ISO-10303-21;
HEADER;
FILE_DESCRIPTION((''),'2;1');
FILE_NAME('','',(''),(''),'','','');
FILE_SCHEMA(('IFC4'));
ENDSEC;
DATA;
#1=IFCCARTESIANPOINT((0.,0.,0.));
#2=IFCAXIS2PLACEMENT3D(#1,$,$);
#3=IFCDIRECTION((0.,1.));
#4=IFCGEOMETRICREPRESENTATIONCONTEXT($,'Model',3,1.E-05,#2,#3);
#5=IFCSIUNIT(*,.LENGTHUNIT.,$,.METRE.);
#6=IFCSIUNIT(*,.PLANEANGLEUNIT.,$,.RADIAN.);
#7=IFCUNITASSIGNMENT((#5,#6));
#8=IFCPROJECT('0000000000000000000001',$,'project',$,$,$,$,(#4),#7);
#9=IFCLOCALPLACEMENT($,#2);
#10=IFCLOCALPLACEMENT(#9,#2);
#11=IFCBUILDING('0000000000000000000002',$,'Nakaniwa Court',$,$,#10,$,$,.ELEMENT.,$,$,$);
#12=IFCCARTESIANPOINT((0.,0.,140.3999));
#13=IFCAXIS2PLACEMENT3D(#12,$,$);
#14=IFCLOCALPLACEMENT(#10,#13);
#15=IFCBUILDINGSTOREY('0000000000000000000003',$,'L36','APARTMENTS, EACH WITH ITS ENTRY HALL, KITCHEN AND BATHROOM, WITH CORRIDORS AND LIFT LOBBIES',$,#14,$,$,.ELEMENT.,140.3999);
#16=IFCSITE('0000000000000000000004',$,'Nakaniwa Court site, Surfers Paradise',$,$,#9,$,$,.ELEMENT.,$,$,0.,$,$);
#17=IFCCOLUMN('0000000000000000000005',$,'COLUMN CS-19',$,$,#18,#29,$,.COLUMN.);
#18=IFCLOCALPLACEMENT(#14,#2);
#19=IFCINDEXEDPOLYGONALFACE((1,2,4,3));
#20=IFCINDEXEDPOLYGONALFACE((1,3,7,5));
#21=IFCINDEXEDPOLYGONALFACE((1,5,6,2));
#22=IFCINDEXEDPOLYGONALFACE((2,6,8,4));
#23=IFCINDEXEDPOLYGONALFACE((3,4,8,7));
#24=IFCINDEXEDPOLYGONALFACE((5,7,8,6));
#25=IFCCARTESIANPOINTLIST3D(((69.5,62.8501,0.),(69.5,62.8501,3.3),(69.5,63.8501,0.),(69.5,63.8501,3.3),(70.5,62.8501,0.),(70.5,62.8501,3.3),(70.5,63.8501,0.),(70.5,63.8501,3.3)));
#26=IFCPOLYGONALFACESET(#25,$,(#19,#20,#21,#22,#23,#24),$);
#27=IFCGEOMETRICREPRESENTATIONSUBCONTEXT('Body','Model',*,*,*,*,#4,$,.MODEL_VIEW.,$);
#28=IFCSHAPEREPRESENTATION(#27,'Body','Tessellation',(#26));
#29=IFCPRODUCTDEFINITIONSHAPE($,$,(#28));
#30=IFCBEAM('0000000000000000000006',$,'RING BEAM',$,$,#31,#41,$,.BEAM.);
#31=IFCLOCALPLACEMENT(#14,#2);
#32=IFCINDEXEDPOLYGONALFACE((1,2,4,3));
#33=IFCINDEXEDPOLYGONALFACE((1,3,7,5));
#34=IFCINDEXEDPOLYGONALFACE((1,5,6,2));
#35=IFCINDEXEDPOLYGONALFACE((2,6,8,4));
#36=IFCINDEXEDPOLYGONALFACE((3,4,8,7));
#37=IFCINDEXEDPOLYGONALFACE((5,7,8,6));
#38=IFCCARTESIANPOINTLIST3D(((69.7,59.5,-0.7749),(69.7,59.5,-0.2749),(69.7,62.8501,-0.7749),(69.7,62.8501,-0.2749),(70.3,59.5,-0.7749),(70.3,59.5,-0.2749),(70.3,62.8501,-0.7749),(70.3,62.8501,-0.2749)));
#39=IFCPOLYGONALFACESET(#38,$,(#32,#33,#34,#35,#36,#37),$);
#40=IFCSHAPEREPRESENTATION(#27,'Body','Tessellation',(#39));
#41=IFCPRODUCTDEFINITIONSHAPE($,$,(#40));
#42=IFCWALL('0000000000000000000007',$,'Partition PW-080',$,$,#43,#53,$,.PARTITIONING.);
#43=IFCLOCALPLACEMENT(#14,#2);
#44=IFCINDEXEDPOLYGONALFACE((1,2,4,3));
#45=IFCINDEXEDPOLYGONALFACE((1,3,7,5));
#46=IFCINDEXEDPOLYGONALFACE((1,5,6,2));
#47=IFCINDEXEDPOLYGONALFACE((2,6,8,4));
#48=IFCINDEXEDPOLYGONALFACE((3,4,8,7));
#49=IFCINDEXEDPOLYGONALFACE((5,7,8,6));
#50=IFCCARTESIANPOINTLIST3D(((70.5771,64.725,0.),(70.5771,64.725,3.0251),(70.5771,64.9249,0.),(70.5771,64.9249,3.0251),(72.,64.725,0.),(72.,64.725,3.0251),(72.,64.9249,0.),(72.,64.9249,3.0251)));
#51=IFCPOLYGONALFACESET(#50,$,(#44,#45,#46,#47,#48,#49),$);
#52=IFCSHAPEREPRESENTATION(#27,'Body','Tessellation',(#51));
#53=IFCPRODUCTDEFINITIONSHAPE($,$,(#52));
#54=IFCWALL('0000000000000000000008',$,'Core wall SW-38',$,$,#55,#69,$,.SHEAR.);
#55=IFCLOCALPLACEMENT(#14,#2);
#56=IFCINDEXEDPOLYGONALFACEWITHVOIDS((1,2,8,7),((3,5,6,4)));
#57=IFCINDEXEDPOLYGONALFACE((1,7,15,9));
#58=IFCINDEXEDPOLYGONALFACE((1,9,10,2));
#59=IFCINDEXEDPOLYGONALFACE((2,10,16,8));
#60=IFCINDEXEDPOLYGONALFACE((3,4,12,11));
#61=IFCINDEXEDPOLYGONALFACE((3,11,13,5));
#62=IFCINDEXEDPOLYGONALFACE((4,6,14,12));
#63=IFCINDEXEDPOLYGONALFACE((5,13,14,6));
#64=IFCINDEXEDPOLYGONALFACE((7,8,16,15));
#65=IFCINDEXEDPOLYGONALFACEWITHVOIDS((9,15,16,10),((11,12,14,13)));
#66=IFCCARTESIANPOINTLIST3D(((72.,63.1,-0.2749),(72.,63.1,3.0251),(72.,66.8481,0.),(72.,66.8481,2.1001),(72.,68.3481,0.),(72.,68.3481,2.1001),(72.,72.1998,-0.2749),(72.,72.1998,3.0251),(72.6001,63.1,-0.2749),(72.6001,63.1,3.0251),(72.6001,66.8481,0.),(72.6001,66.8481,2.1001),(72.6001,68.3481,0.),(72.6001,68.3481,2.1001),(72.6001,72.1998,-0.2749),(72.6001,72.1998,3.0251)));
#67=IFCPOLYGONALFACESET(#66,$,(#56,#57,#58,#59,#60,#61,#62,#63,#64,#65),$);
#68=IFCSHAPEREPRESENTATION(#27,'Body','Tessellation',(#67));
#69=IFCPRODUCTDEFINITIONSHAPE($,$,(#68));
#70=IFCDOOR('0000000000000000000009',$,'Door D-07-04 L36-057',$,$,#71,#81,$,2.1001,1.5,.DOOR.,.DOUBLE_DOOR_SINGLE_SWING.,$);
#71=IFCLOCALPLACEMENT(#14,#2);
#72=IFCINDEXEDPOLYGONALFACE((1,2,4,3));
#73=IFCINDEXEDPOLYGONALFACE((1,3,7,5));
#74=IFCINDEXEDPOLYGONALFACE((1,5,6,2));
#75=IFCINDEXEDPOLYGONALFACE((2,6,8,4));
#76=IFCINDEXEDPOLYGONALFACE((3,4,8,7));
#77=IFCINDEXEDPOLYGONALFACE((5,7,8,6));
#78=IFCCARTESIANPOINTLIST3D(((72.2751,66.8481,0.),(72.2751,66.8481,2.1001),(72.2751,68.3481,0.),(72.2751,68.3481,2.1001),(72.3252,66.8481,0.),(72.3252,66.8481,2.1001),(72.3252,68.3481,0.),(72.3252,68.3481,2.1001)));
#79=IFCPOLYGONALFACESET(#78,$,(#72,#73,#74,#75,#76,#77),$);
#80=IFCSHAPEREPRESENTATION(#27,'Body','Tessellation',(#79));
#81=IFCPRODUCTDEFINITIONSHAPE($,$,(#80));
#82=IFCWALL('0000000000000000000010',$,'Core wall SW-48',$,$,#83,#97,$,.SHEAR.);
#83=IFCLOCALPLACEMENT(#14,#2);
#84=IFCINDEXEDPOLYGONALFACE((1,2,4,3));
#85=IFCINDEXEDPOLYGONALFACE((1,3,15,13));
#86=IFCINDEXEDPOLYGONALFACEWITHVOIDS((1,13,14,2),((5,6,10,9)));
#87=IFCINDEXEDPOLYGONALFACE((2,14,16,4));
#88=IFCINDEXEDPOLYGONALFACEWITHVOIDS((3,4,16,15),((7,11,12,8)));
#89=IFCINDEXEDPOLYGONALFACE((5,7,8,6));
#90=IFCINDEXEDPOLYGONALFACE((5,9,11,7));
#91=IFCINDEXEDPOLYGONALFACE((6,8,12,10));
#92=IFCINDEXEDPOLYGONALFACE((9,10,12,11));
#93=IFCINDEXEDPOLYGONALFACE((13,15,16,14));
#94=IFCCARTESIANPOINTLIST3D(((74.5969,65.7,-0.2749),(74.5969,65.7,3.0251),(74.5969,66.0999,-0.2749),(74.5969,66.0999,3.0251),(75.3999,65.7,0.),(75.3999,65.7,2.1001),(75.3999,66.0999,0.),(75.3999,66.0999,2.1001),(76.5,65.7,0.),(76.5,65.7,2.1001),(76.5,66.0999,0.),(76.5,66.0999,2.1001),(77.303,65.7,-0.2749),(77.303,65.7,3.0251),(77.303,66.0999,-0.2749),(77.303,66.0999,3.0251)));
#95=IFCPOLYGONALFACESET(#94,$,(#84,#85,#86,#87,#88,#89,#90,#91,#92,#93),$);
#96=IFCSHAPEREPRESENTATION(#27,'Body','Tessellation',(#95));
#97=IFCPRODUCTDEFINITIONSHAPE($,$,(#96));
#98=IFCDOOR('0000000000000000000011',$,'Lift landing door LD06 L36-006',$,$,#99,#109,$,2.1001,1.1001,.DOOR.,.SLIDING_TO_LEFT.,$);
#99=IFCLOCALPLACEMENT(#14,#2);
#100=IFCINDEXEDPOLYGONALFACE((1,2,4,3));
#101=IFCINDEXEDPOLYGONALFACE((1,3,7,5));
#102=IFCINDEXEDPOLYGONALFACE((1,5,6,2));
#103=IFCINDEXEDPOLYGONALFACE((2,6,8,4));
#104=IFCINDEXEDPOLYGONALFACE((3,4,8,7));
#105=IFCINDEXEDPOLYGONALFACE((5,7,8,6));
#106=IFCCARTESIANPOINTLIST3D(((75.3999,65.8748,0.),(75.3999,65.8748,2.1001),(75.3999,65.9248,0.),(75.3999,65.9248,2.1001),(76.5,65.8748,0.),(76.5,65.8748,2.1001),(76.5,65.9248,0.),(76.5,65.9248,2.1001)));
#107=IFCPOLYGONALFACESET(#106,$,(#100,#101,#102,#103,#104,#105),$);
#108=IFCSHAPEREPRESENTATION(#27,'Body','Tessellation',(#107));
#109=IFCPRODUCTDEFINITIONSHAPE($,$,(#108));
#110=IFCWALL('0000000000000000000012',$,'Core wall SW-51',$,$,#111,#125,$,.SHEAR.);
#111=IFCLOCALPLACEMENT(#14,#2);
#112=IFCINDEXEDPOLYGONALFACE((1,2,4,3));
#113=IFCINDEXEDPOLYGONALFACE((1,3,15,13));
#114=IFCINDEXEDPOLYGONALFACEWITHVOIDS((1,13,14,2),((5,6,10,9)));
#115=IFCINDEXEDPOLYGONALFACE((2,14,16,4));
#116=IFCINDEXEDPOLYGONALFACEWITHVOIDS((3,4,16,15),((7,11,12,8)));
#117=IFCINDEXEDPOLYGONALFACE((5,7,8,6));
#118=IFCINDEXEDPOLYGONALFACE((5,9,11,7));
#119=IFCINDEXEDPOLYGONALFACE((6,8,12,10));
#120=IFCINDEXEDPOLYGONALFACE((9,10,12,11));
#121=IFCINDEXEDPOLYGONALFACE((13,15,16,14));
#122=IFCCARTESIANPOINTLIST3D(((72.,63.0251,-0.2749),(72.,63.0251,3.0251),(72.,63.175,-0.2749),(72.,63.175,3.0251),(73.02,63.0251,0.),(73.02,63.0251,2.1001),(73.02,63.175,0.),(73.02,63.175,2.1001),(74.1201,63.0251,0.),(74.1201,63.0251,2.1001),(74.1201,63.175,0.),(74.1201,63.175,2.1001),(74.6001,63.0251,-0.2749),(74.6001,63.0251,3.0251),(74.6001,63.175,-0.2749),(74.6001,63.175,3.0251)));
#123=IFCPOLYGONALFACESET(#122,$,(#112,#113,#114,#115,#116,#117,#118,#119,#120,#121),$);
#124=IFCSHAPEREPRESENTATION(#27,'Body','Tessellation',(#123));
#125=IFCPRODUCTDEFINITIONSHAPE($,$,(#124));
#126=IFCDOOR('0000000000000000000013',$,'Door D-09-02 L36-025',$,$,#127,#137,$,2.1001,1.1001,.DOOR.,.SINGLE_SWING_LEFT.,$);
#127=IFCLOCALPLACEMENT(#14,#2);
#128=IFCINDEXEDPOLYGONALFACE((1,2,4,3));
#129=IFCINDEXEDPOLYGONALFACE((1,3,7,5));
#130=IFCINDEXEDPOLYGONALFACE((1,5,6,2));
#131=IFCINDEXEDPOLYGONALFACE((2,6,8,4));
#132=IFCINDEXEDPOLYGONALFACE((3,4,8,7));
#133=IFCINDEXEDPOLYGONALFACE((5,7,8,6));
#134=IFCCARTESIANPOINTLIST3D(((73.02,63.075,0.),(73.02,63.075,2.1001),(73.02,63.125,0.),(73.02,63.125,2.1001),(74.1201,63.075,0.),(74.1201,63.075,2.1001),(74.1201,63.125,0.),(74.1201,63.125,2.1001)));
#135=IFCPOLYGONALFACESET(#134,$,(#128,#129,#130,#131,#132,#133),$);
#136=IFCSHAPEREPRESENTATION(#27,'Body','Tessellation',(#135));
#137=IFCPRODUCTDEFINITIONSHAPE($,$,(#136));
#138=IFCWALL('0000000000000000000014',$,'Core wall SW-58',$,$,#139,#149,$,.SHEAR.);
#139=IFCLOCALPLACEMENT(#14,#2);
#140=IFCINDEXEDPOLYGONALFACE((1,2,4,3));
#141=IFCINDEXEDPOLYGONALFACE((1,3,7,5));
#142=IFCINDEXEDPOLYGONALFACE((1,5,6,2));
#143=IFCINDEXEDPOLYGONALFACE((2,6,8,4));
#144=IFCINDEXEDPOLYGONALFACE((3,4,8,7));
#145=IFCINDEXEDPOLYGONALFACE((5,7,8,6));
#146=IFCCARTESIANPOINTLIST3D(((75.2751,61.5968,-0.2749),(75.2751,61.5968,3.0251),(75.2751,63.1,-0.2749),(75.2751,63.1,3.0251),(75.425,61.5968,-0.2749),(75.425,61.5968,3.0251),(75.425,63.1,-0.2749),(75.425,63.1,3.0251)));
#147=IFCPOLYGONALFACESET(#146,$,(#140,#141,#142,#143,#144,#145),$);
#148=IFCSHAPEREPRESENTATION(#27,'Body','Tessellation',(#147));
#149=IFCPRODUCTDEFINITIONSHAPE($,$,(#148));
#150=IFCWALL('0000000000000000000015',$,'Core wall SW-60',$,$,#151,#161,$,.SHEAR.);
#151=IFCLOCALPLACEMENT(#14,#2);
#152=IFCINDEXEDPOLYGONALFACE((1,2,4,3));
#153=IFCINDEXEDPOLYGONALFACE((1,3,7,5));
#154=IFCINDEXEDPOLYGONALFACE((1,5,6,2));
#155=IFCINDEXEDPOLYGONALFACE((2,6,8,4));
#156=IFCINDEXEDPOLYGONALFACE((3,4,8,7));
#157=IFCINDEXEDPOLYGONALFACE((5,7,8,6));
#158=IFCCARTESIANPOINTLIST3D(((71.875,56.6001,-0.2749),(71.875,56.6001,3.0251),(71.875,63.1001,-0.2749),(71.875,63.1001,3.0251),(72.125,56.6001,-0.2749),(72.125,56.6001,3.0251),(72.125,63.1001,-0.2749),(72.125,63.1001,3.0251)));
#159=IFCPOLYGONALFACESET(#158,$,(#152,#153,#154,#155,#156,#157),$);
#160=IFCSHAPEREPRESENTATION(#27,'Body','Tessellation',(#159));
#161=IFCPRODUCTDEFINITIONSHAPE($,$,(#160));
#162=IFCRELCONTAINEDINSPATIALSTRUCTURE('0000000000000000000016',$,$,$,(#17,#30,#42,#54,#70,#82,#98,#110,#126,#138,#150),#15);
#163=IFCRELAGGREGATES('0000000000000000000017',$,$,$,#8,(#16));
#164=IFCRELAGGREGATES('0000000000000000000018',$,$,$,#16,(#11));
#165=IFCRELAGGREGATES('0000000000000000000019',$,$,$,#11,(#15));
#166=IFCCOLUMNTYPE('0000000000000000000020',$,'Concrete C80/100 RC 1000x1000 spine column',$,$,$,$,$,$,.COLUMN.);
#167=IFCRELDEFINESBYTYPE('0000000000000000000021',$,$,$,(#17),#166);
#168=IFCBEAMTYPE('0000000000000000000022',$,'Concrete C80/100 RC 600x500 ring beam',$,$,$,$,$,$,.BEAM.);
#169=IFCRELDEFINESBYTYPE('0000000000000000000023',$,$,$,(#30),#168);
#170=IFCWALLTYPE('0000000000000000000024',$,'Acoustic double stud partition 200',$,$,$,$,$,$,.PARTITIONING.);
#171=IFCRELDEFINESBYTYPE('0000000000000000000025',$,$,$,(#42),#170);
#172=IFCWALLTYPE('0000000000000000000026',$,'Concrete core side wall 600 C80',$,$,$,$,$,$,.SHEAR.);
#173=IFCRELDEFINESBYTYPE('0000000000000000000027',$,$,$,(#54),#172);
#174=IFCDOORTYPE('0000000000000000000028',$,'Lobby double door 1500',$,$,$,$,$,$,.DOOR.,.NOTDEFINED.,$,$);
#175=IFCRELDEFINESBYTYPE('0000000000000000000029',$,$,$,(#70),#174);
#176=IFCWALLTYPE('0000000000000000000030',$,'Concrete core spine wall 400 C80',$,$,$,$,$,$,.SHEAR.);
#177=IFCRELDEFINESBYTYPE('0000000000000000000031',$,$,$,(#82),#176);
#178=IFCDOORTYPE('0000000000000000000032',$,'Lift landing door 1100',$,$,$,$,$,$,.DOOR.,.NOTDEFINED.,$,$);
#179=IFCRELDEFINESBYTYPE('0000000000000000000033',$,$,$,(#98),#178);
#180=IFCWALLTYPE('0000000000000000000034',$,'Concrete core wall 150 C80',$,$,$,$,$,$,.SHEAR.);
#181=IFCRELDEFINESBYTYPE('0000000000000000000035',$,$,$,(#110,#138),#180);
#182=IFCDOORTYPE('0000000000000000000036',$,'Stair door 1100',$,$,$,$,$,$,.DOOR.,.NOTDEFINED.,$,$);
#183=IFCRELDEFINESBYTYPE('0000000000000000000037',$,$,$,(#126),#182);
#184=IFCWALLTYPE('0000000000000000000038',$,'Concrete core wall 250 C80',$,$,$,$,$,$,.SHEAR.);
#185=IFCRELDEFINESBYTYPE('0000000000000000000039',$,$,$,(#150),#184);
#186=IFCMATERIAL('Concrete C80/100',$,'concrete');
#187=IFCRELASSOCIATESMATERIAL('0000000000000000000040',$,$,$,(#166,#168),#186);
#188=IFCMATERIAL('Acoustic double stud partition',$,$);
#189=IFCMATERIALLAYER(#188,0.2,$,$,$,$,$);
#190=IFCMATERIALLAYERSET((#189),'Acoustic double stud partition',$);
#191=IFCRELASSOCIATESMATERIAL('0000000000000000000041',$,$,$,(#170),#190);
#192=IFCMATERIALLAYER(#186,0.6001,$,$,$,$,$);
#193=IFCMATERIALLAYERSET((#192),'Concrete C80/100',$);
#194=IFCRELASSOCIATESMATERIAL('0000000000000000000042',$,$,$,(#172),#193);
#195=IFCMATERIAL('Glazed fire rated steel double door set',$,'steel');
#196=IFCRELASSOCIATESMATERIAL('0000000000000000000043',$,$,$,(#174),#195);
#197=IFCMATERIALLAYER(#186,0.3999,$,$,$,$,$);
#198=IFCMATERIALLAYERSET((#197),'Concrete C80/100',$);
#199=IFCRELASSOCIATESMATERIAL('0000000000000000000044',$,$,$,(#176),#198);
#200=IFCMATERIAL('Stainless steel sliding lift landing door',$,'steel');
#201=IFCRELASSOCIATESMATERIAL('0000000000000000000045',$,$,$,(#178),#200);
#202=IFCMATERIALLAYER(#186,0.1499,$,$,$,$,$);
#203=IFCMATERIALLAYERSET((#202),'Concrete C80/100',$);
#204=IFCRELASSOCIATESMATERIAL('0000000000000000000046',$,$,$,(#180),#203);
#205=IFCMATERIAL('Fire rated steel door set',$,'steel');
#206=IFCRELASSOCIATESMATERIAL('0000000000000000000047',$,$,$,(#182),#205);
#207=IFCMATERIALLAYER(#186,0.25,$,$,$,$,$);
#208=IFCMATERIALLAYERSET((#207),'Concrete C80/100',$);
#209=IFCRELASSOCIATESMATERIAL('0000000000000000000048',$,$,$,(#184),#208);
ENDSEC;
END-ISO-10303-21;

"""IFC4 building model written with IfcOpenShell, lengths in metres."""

from ifc_helpers import new_model, si_unit, direction, frame, frame_2d, origin, origin_2d, place, context, subcontext, project, spatial, rectangle, extrude, material, layer, layer_set, material_profile, profile_set, type_object, element, fill, save


model = new_model("IFC4")

# Units and contexts
model_context = context("Model", 3, precision=1e-05, world=origin(), true_north=direction((0.0, 1.0)))
body_context = subcontext(model_context, "Body", "Model", "MODEL_VIEW")
ifc_project = project(units=[si_unit("LENGTHUNIT", "METRE"), si_unit("PLANEANGLEUNIT", "RADIAN")], contexts=[model_context])

# Site, building, storey
site_placement = place(None, origin())
site = spatial("IfcSite", under=ifc_project, at=site_placement, Name="Nakaniwa Court site, Surfers Paradise", CompositionType="ELEMENT", RefElevation=0.0)
building_placement = place(site_placement, origin())
building = spatial("IfcBuilding", under=site, at=building_placement, Name="Nakaniwa Court", CompositionType="ELEMENT")
storey_placement = place(building_placement, frame((0.0, 0.0, 140.3999)))
storey = spatial("IfcBuildingStorey", under=building, at=storey_placement, Name="L36", Description="APARTMENTS, EACH WITH ITS ENTRY HALL, KITCHEN AND BATHROOM, WITH CORRIDORS AND LIFT LOBBIES", CompositionType="ELEMENT", Elevation=140.3999)

# Column
ifc_material_1 = material(Name="Concrete C80/100", Category="concrete")
ifc_material_profile_1 = material_profile(ifc_material_1, rectangle(XDim=1.0, YDim=1.0, at=origin_2d()), Name="Concrete C80/100 RC 1000x1000 spine column")
ifc_profile_set_1 = profile_set([ifc_material_profile_1], Name="Concrete C80/100")
column_type = type_object("IfcColumnType", Name="Concrete C80/100 RC 1000x1000 spine column", PredefinedType="COLUMN", material=ifc_profile_set_1)
column_placement = place(storey_placement, frame((70.0, 63.3501, 0.0), z_axis=(0.0, 0.0, 1.0), x_axis=(0.0, -1.0, 0.0)))
element("IfcColumn", 1, at=column_placement, inside=storey, type_object=column_type, Name="COLUMN CS-19", PredefinedType="COLUMN", context=body_context, shape_type="SweptSolid", body=[
    extrude(rectangle(XDim=1.0, YDim=1.0, at=origin_2d()), origin(), (0.0, 0.0, 1.0), 3.3),
])

# Beam
ifc_material_profile_2 = material_profile(ifc_material_1, rectangle(XDim=0.6001, YDim=0.5, at=origin_2d()), Name="Concrete C80/100 RC 600x500 ring beam")
ifc_profile_set_2 = profile_set([ifc_material_profile_2], Name="Concrete C80/100")
beam_type = type_object("IfcBeamType", Name="Concrete C80/100 RC 600x500 ring beam", PredefinedType="BEAM", material=ifc_profile_set_2)
beam_placement = place(storey_placement, frame((70.0, 62.8501, -0.5249), z_axis=(0.0, -1.0, 0.0), x_axis=(1.0, 0.0, 0.0)))
element("IfcBeam", 2, at=beam_placement, inside=storey, type_object=beam_type, Name="RING BEAM", PredefinedType="BEAM", context=body_context, shape_type="SweptSolid", body=[
    extrude(rectangle(XDim=0.6001, YDim=0.5, at=origin_2d()), origin(), (0.0, 0.0, 1.0), 3.3501),
])

# Wall
ifc_material_2 = material(Name="Acoustic double stud partition")
ifc_layer_1 = layer(ifc_material_2, 0.2)
ifc_layer_set_1 = layer_set([ifc_layer_1], Name="Acoustic double stud partition")
wall_type_1 = type_object("IfcWallType", Name="Acoustic double stud partition 200", PredefinedType="PARTITIONING", material=ifc_layer_set_1)
wall_1_placement = place(storey_placement, frame((70.5771, 64.825, 0.0), z_axis=(0.0, 0.0, 1.0), x_axis=(1.0, 0.0, 0.0)))
element("IfcWall", 3, at=wall_1_placement, inside=storey, type_object=wall_type_1, Name="Partition PW-080", PredefinedType="PARTITIONING", context=body_context, shape_type="SweptSolid", body=[
    extrude(rectangle(XDim=1.4229, YDim=0.2, at=frame_2d((0.7114, 0.0))), origin(), (0.0, 0.0, 1.0), 3.0251),
])

# Walls, openings, doors
ifc_layer_2 = layer(ifc_material_1, 0.6001)
ifc_layer_set_2 = layer_set([ifc_layer_2], Name="Concrete C80/100")
wall_type_2 = type_object("IfcWallType", Name="Concrete core side wall 600 C80", PredefinedType="SHEAR", material=ifc_layer_set_2)
wall_2_placement = place(storey_placement, frame((72.3, 63.1001, -0.2749), z_axis=(0.0, 0.0, 1.0), x_axis=(0.0, 1.0, 0.0)))
wall_2 = element("IfcWall", 4, at=wall_2_placement, inside=storey, type_object=wall_type_2, Name="Core wall SW-38", PredefinedType="SHEAR", context=body_context, shape_type="SweptSolid", body=[
    extrude(rectangle(XDim=9.0999, YDim=0.6001, at=frame_2d((4.5498, 0.0))), origin(), (0.0, 0.0, 1.0), 3.3),
])
opening_1_placement = place(wall_2_placement, frame((3.748, 0.0, 0.2749)))
opening_1 = element("IfcOpeningElement", 5, at=opening_1_placement, cuts=wall_2, PredefinedType="OPENING", context=body_context, shape_type="SweptSolid", body=[
    extrude(rectangle(XDim=1.5, YDim=2.1001, at=frame_2d((0.75, 1.05))), frame((0.0, 0.3101, 0.0), z_axis=(0.0, -1.0, 0.0), x_axis=(1.0, 0.0, 0.0)), (0.0, 0.0, 1.0), 0.6201),
])
ifc_material_3 = material(Name="Glazed fire rated steel double door set", Category="steel")
door_type_1 = type_object("IfcDoorType", Name="Lobby double door 1500", OperationType="NOTDEFINED", PredefinedType="DOOR", material=ifc_material_3)
door_1_placement = place(opening_1_placement, origin())
door_1 = element("IfcDoor", 6, at=door_1_placement, inside=storey, type_object=door_type_1, Name="Door D-07-04 L36-057", OperationType="DOUBLE_DOOR_SINGLE_SWING", OverallHeight=2.1001, OverallWidth=1.5, PredefinedType="DOOR", context=body_context, shape_type="SweptSolid", body=[
    extrude(rectangle(XDim=1.5, YDim=2.1001, at=frame_2d((0.75, 1.05))), frame((0.0, 0.0249, 0.0), z_axis=(0.0, -1.0, 0.0), x_axis=(1.0, 0.0, 0.0)), (0.0, 0.0, 1.0), 0.05),
])
fill(opening_1, door_1)
ifc_layer_3 = layer(ifc_material_1, 0.3999)
ifc_layer_set_3 = layer_set([ifc_layer_3], Name="Concrete C80/100")
wall_type_3 = type_object("IfcWallType", Name="Concrete core spine wall 400 C80", PredefinedType="SHEAR", material=ifc_layer_set_3)
wall_3_placement = place(storey_placement, frame((74.5969, 65.8999, -0.2749), z_axis=(0.0, 0.0, 1.0), x_axis=(1.0, 0.0, 0.0)))
wall_3 = element("IfcWall", 7, at=wall_3_placement, inside=storey, type_object=wall_type_3, Name="Core wall SW-48", PredefinedType="SHEAR", context=body_context, shape_type="SweptSolid", body=[
    extrude(rectangle(XDim=2.7061, YDim=0.3999, at=frame_2d((1.353, 0.0))), origin(), (0.0, 0.0, 1.0), 3.3),
])
opening_2_placement = place(wall_3_placement, frame((0.803, 0.0, 0.2749)))
opening_2 = element("IfcOpeningElement", 8, at=opening_2_placement, cuts=wall_3, PredefinedType="OPENING", context=body_context, shape_type="SweptSolid", body=[
    extrude(rectangle(XDim=1.1001, YDim=2.1001, at=frame_2d((0.55, 1.05))), frame((0.0, 0.21, 0.0), z_axis=(0.0, -1.0, 0.0), x_axis=(1.0, 0.0, 0.0)), (0.0, 0.0, 1.0), 0.4199),
])
ifc_material_4 = material(Name="Stainless steel sliding lift landing door", Category="steel")
door_type_2 = type_object("IfcDoorType", Name="Lift landing door 1100", OperationType="NOTDEFINED", PredefinedType="DOOR", material=ifc_material_4)
door_2_placement = place(opening_2_placement, origin())
door_2 = element("IfcDoor", 9, at=door_2_placement, inside=storey, type_object=door_type_2, Name="Lift landing door LD06 L36-006", OperationType="SLIDING_TO_LEFT", OverallHeight=2.1001, OverallWidth=1.1001, PredefinedType="DOOR", context=body_context, shape_type="SweptSolid", body=[
    extrude(rectangle(XDim=1.1001, YDim=2.1001, at=frame_2d((0.55, 1.05))), frame((0.0, 0.0249, 0.0), z_axis=(0.0, -1.0, 0.0), x_axis=(1.0, 0.0, 0.0)), (0.0, 0.0, 1.0), 0.05),
])
fill(opening_2, door_2)
ifc_layer_4 = layer(ifc_material_1, 0.1499)
ifc_layer_set_4 = layer_set([ifc_layer_4], Name="Concrete C80/100")
wall_type_4 = type_object("IfcWallType", Name="Concrete core wall 150 C80", PredefinedType="SHEAR", material=ifc_layer_set_4)
wall_4_placement = place(storey_placement, frame((72.0, 63.1001, -0.2749), z_axis=(0.0, 0.0, 1.0), x_axis=(1.0, 0.0, 0.0)))
wall_4 = element("IfcWall", 10, at=wall_4_placement, inside=storey, type_object=wall_type_4, Name="Core wall SW-51", PredefinedType="SHEAR", context=body_context, shape_type="SweptSolid", body=[
    extrude(rectangle(XDim=2.6001, YDim=0.1499, at=frame_2d((1.3, 0.0))), origin(), (0.0, 0.0, 1.0), 3.3),
])
opening_3_placement = place(wall_4_placement, frame((1.02, 0.0, 0.2749)))
opening_3 = element("IfcOpeningElement", 11, at=opening_3_placement, cuts=wall_4, PredefinedType="OPENING", context=body_context, shape_type="SweptSolid", body=[
    extrude(rectangle(XDim=1.1001, YDim=2.1001, at=frame_2d((0.55, 1.05))), frame((0.0, 0.085, 0.0), z_axis=(0.0, -1.0, 0.0), x_axis=(1.0, 0.0, 0.0)), (0.0, 0.0, 1.0), 0.1699),
])
ifc_material_5 = material(Name="Fire rated steel door set", Category="steel")
door_type_3 = type_object("IfcDoorType", Name="Stair door 1100", OperationType="NOTDEFINED", PredefinedType="DOOR", material=ifc_material_5)
door_3_placement = place(opening_3_placement, origin())
door_3 = element("IfcDoor", 12, at=door_3_placement, inside=storey, type_object=door_type_3, Name="Door D-09-02 L36-025", OperationType="SINGLE_SWING_LEFT", OverallHeight=2.1001, OverallWidth=1.1001, PredefinedType="DOOR", context=body_context, shape_type="SweptSolid", body=[
    extrude(rectangle(XDim=1.1001, YDim=2.1001, at=frame_2d((0.55, 1.05))), frame((0.0, 0.0249, 0.0), z_axis=(0.0, -1.0, 0.0), x_axis=(1.0, 0.0, 0.0)), (0.0, 0.0, 1.0), 0.05),
])
fill(opening_3, door_3)

# Walls
wall_5_placement = place(storey_placement, frame((75.3501, 61.5969, -0.2749), z_axis=(0.0, 0.0, 1.0), x_axis=(0.0, 1.0, 0.0)))
element("IfcWall", 13, at=wall_5_placement, inside=storey, type_object=wall_type_4, Name="Core wall SW-58", PredefinedType="SHEAR", context=body_context, shape_type="SweptSolid", body=[
    extrude(rectangle(XDim=1.5032, YDim=0.1499, at=frame_2d((0.7515, 0.0))), origin(), (0.0, 0.0, 1.0), 3.3),
])
ifc_layer_5 = layer(ifc_material_1, 0.25)
ifc_layer_set_5 = layer_set([ifc_layer_5], Name="Concrete C80/100")
wall_type_5 = type_object("IfcWallType", Name="Concrete core wall 250 C80", PredefinedType="SHEAR", material=ifc_layer_set_5)
wall_6_placement = place(storey_placement, frame((72.0, 56.6001, -0.2749), z_axis=(0.0, 0.0, 1.0), x_axis=(0.0, 1.0, 0.0)))
element("IfcWall", 14, at=wall_6_placement, inside=storey, type_object=wall_type_5, Name="Core wall SW-60", PredefinedType="SHEAR", context=body_context, shape_type="SweptSolid", body=[
    extrude(rectangle(XDim=6.5, YDim=0.25, at=frame_2d((3.25, 0.0))), origin(), (0.0, 0.0, 1.0), 3.3),
])

save(model, "model.ifc")
